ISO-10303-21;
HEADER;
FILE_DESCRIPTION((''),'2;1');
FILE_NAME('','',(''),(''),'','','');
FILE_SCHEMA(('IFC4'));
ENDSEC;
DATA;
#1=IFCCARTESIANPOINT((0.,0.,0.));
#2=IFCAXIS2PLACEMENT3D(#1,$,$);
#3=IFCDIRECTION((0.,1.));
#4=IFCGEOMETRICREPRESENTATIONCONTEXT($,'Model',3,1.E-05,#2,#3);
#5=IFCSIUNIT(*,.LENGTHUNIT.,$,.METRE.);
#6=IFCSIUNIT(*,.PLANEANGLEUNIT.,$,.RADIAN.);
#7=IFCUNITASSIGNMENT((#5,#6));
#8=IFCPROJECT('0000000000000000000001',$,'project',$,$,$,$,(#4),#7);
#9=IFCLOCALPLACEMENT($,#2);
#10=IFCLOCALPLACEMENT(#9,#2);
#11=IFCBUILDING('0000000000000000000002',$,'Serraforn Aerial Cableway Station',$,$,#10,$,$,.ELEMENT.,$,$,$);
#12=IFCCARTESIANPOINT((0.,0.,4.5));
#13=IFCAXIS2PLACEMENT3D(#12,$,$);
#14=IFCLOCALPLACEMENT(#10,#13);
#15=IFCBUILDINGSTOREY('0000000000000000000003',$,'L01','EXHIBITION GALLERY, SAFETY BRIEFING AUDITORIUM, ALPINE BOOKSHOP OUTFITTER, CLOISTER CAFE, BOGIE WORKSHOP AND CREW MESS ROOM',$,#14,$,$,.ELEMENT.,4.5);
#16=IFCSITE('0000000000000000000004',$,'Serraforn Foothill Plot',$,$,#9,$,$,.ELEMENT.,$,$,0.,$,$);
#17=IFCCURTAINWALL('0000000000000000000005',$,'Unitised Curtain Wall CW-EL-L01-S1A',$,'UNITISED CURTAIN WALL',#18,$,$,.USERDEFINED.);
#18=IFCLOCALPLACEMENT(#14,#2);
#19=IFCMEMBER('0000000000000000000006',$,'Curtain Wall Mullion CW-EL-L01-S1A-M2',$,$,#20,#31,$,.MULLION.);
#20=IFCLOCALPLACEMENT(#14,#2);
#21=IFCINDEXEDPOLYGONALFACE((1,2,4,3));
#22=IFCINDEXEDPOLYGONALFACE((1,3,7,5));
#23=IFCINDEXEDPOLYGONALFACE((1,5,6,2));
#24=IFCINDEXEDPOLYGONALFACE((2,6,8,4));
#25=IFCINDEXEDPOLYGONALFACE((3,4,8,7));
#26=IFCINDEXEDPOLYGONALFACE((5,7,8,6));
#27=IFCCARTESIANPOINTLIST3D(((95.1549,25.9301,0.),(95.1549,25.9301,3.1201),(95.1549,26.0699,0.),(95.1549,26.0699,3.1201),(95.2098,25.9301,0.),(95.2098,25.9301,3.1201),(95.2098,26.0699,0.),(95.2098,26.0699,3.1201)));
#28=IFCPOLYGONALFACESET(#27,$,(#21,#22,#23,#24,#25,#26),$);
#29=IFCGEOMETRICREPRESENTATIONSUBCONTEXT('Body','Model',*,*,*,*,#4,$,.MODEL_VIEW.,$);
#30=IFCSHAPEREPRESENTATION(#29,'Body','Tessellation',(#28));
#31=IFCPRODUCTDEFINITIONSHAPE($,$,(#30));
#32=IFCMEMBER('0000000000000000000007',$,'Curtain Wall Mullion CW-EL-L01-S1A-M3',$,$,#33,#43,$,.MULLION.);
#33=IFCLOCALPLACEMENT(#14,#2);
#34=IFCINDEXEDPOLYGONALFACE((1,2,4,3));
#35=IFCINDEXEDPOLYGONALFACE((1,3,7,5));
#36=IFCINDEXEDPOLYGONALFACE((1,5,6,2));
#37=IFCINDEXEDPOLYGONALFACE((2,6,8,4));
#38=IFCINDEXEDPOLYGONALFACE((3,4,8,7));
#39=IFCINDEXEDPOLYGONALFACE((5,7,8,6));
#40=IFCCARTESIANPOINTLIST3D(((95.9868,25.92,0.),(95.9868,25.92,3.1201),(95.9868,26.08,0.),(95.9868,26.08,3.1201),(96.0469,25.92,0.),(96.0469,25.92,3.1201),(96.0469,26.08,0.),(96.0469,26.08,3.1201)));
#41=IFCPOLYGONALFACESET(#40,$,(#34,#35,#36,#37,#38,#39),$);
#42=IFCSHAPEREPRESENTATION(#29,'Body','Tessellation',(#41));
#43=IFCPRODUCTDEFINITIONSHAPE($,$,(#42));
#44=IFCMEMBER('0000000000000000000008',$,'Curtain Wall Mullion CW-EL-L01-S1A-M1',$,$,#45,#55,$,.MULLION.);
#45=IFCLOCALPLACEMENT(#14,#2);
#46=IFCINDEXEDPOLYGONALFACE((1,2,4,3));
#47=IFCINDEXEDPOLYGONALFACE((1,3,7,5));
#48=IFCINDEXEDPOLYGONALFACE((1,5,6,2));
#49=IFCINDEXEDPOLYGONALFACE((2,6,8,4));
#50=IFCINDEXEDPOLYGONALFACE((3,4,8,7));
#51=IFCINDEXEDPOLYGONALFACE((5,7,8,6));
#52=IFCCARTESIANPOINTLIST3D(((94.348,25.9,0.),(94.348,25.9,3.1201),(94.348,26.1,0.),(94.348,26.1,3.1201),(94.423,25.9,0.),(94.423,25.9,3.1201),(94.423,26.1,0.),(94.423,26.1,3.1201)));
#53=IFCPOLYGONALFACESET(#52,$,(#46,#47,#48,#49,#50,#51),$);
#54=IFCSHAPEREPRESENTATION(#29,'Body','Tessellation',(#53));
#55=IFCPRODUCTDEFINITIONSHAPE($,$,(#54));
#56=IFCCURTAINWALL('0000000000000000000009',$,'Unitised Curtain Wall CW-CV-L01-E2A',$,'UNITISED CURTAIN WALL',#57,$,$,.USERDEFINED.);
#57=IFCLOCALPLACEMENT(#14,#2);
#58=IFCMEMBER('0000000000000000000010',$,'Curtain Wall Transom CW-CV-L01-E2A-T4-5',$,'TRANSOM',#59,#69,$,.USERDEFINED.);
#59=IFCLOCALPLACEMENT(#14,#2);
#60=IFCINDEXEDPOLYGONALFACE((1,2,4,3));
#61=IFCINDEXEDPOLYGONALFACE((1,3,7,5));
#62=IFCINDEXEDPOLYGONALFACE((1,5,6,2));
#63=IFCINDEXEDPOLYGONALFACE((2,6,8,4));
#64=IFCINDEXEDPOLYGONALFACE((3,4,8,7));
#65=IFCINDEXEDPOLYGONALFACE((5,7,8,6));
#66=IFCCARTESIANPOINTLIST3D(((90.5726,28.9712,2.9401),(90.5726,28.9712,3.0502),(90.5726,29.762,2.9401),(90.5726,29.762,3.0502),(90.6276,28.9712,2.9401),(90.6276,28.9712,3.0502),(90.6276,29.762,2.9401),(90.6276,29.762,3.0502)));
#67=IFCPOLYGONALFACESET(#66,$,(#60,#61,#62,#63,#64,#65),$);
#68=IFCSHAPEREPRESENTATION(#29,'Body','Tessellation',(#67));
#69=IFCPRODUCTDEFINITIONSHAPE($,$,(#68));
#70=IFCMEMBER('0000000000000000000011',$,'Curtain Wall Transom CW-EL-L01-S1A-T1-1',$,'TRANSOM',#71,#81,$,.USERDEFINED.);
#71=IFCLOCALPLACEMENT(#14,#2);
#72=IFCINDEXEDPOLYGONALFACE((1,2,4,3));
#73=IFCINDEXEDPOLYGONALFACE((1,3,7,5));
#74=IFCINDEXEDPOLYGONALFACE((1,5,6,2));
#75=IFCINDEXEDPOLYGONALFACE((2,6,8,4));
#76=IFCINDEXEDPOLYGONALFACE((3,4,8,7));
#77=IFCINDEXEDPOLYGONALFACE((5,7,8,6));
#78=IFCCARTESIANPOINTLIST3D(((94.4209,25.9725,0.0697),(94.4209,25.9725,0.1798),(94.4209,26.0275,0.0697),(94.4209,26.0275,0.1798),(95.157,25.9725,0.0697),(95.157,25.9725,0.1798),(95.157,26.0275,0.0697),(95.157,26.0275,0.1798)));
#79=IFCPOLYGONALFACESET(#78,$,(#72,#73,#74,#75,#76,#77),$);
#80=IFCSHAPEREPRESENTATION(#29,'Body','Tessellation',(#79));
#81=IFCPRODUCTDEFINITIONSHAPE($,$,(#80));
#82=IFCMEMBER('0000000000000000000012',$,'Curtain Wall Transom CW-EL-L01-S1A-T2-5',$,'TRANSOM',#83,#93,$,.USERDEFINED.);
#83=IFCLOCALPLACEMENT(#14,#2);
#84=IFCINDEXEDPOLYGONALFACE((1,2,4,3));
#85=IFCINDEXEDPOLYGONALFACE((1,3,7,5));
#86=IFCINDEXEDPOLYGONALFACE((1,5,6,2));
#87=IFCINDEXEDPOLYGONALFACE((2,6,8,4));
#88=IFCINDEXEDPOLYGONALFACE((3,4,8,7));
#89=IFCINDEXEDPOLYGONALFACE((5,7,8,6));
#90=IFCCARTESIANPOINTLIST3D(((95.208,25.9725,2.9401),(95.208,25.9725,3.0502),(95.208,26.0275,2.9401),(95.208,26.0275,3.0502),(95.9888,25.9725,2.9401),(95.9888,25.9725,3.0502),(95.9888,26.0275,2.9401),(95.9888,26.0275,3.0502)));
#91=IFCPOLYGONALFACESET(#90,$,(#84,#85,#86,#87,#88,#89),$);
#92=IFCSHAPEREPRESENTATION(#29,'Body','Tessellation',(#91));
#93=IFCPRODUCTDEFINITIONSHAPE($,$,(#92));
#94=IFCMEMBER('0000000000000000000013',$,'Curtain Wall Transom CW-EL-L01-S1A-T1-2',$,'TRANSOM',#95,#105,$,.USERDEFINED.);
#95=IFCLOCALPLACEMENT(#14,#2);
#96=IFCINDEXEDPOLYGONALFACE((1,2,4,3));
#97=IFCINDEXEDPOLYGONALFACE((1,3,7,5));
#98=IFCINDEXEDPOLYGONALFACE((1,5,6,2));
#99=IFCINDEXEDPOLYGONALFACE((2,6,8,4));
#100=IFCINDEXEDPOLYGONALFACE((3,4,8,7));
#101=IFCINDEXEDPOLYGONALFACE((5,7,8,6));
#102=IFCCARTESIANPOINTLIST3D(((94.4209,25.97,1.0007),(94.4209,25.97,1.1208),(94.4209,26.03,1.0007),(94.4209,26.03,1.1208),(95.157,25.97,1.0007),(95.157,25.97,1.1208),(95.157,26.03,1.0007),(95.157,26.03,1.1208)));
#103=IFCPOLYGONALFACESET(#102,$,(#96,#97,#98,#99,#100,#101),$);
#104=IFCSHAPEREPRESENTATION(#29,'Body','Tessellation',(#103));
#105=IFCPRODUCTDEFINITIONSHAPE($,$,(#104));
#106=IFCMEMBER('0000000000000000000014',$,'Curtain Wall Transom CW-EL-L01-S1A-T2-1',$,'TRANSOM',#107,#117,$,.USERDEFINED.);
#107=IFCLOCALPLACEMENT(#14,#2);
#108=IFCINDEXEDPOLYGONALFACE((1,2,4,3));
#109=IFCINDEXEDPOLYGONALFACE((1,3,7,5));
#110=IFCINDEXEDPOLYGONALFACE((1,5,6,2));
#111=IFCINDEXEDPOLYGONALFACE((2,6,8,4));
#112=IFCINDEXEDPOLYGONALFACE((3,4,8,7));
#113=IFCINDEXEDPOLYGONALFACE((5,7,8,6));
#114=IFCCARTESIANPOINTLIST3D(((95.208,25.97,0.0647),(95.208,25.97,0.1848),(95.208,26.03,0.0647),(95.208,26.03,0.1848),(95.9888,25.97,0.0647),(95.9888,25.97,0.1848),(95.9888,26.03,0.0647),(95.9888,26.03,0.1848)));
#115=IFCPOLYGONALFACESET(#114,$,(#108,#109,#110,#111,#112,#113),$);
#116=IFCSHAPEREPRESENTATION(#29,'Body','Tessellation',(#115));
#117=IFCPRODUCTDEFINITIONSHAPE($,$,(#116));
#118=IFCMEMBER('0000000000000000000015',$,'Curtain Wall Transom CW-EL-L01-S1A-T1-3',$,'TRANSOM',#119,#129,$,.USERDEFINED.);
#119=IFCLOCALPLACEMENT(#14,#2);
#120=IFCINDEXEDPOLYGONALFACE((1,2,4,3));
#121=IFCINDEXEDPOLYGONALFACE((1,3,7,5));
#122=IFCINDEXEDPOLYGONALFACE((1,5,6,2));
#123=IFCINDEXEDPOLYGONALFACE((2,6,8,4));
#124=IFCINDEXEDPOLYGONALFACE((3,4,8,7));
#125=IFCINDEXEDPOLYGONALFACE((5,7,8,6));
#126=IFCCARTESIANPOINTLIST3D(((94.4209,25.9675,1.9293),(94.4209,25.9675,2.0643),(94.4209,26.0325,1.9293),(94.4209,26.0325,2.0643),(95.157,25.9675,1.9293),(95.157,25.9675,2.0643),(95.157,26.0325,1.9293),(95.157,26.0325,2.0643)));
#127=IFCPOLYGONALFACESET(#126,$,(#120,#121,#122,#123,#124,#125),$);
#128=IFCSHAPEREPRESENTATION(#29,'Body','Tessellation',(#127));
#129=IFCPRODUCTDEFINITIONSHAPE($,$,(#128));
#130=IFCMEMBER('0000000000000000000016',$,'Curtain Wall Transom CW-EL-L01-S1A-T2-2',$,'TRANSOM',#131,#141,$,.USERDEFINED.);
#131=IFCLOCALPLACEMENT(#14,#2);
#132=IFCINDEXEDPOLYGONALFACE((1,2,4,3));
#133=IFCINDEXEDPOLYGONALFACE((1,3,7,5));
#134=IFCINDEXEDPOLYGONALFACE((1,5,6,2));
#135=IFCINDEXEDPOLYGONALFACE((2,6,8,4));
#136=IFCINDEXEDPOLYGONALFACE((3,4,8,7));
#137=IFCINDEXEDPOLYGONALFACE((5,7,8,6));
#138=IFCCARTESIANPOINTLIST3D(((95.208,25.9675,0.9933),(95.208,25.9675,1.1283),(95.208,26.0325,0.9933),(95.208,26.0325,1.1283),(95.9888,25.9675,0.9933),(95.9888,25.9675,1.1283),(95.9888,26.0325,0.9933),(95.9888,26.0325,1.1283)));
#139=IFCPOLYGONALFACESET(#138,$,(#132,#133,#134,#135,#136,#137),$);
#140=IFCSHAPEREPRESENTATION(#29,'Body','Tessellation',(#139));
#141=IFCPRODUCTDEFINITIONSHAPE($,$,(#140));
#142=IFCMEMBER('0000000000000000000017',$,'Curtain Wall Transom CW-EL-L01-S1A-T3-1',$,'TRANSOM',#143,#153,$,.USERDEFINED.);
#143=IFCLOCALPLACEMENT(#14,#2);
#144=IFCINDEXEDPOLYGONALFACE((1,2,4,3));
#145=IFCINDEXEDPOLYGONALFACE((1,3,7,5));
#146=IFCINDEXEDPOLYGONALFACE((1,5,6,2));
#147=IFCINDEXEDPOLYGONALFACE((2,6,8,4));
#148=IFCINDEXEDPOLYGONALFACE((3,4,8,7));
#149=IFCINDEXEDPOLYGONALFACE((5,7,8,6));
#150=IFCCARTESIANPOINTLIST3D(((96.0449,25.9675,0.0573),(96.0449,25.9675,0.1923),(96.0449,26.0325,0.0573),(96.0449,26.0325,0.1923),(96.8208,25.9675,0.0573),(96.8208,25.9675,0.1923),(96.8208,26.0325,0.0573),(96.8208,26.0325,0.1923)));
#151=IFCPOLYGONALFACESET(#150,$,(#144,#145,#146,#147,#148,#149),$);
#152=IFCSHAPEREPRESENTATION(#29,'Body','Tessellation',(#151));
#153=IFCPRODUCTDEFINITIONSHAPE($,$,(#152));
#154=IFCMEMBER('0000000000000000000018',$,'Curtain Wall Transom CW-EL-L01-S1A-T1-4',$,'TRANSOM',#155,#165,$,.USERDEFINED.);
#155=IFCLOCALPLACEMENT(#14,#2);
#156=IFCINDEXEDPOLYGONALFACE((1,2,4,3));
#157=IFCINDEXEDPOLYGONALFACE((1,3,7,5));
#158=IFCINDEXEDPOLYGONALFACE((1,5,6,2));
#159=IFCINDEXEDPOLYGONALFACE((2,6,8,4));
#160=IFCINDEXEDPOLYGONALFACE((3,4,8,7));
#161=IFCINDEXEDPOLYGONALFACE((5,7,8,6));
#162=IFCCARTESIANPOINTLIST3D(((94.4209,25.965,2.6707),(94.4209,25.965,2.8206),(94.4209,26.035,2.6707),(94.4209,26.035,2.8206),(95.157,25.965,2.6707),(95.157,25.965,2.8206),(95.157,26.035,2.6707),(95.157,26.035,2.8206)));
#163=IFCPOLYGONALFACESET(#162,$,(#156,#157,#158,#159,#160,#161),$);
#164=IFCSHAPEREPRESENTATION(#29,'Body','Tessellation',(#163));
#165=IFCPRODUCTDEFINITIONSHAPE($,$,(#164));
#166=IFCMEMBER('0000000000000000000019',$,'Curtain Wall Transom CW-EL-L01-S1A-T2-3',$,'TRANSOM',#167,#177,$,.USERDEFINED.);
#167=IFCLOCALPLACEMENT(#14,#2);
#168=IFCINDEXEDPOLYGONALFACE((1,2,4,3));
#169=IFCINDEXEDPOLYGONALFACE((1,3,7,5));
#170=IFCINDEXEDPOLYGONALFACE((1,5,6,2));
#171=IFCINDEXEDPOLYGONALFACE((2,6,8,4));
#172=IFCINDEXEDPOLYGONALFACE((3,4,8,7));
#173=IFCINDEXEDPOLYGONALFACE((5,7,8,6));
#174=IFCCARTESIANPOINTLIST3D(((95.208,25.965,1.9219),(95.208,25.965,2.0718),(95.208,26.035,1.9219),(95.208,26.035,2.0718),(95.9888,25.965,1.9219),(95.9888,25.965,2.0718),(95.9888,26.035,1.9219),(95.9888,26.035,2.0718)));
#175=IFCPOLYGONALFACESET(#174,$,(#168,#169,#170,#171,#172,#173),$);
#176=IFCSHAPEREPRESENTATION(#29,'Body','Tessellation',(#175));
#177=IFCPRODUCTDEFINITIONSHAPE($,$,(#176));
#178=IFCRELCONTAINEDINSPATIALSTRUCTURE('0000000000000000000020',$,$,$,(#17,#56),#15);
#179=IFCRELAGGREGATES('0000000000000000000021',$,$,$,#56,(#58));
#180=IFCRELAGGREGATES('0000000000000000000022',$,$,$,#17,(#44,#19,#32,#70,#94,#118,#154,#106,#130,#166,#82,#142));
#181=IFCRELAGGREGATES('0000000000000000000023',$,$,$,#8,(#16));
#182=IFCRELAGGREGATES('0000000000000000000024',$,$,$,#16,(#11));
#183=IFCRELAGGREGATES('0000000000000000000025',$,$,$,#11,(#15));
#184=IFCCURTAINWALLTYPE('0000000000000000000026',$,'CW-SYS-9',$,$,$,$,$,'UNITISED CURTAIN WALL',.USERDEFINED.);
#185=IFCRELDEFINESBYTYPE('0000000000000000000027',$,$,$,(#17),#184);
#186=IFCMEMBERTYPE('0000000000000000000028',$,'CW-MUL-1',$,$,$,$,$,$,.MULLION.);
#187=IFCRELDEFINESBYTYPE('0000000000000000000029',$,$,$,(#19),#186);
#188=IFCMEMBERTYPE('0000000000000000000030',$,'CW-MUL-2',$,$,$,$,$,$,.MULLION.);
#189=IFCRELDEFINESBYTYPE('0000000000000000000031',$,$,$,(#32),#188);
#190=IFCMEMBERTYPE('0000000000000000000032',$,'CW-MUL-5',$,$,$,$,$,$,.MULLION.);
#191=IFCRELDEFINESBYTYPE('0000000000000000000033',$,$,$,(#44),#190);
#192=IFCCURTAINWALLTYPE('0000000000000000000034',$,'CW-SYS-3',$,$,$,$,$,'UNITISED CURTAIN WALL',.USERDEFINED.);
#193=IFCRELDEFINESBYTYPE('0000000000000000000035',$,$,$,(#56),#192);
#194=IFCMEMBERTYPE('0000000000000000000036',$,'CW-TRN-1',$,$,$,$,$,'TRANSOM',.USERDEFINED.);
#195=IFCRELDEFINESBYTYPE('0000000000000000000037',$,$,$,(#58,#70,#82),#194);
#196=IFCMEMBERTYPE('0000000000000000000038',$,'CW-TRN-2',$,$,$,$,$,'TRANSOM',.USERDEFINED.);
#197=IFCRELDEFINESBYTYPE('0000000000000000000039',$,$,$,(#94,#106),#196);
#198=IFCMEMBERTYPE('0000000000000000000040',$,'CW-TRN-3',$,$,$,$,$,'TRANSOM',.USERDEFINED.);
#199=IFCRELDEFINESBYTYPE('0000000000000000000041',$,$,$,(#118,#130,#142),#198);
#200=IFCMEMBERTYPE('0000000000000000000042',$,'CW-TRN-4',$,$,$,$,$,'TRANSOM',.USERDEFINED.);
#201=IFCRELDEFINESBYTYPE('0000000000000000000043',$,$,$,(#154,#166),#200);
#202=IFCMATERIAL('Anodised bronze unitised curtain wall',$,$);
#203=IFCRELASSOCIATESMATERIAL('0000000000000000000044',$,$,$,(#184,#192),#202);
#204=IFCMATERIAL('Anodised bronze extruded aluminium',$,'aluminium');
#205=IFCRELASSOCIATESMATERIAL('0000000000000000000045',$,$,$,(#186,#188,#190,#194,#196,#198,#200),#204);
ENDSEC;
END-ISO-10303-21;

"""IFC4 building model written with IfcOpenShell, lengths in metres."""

from ifc_helpers import new_model, si_unit, direction, frame, origin, origin_2d, place, context, subcontext, project, spatial, rectangle, extrude, material, material_profile, profile_set, type_object, element, aggregate, save


model = new_model("IFC4")

# Units and contexts
model_context = context("Model", 3, precision=1e-05, world=origin(), true_north=direction((0.0, 1.0)))
body_context = subcontext(model_context, "Body", "Model", "MODEL_VIEW")
ifc_project = project(units=[si_unit("LENGTHUNIT", "METRE"), si_unit("PLANEANGLEUNIT", "RADIAN")], contexts=[model_context])

# Site, building, storey
site_placement = place(None, origin())
site = spatial("IfcSite", under=ifc_project, at=site_placement, Name="Serraforn Foothill Plot", CompositionType="ELEMENT", RefElevation=0.0)
building_placement = place(site_placement, origin())
building = spatial("IfcBuilding", under=site, at=building_placement, Name="Serraforn Aerial Cableway Station", CompositionType="ELEMENT")
storey_placement = place(building_placement, frame((0.0, 0.0, 4.5)))
storey = spatial("IfcBuildingStorey", under=building, at=storey_placement, Name="L01", Description="EXHIBITION GALLERY, SAFETY BRIEFING AUDITORIUM, ALPINE BOOKSHOP OUTFITTER, CLOISTER CAFE, BOGIE WORKSHOP AND CREW MESS ROOM", CompositionType="ELEMENT", Elevation=4.5)

# Curtain wall, members
ifc_material_1 = material(Name="Anodised bronze unitised curtain wall")
curtain_wall_type_1 = type_object("IfcCurtainWallType", Name="CW-SYS-9", ElementType="UNITISED CURTAIN WALL", PredefinedType="USERDEFINED", material=ifc_material_1)
curtain_wall_1_placement = place(storey_placement, origin())
curtain_wall_1 = element("IfcCurtainWall", 1, at=curtain_wall_1_placement, inside=storey, type_object=curtain_wall_type_1, Name="Unitised Curtain Wall CW-EL-L01-S1A", ObjectType="UNITISED CURTAIN WALL", PredefinedType="USERDEFINED")
ifc_material_2 = material(Name="Anodised bronze extruded aluminium", Category="aluminium")
ifc_material_profile_1 = material_profile(ifc_material_2, rectangle(XDim=0.0549, YDim=0.1399, at=origin_2d()), Name="CW MULLION 55x140")
ifc_profile_set_1 = profile_set([ifc_material_profile_1], Name="Anodised bronze extruded aluminium")
member_type_1 = type_object("IfcMemberType", Name="CW-MUL-1", PredefinedType="MULLION", material=ifc_profile_set_1)
member_1_placement = place(storey_placement, frame((95.1824, 26.0, 0.0), z_axis=(0.0, 0.0, 1.0), x_axis=(1.0, 0.0, 0.0)))
member_1 = element("IfcMember", 2, at=member_1_placement, type_object=member_type_1, Name="Curtain Wall Mullion CW-EL-L01-S1A-M2", PredefinedType="MULLION", context=body_context, shape_type="SweptSolid", body=[
    extrude(rectangle(XDim=0.0549, YDim=0.1399, at=origin_2d()), origin(), (0.0, 0.0, 1.0), 3.1201),
])
ifc_material_profile_2 = material_profile(ifc_material_2, rectangle(XDim=0.0601, YDim=0.1599, at=origin_2d()), Name="CW MULLION 60x160")
ifc_profile_set_2 = profile_set([ifc_material_profile_2], Name="Anodised bronze extruded aluminium")
member_type_2 = type_object("IfcMemberType", Name="CW-MUL-2", PredefinedType="MULLION", material=ifc_profile_set_2)
member_2_placement = place(storey_placement, frame((96.0168, 26.0, 0.0), z_axis=(0.0, 0.0, 1.0), x_axis=(1.0, 0.0, 0.0)))
member_2 = element("IfcMember", 3, at=member_2_placement, type_object=member_type_2, Name="Curtain Wall Mullion CW-EL-L01-S1A-M3", PredefinedType="MULLION", context=body_context, shape_type="SweptSolid", body=[
    extrude(rectangle(XDim=0.0601, YDim=0.1599, at=origin_2d()), origin(), (0.0, 0.0, 1.0), 3.1201),
])
ifc_material_profile_3 = material_profile(ifc_material_2, rectangle(XDim=0.075, YDim=0.2, at=origin_2d()), Name="CW MULLION 75x200")
ifc_profile_set_3 = profile_set([ifc_material_profile_3], Name="Anodised bronze extruded aluminium")
member_type_3 = type_object("IfcMemberType", Name="CW-MUL-5", PredefinedType="MULLION", material=ifc_profile_set_3)
member_3_placement = place(storey_placement, frame((94.3855, 26.0, 0.0), z_axis=(0.0, 0.0, 1.0), x_axis=(1.0, 0.0, 0.0)))
member_3 = element("IfcMember", 4, at=member_3_placement, type_object=member_type_3, Name="Curtain Wall Mullion CW-EL-L01-S1A-M1", PredefinedType="MULLION", context=body_context, shape_type="SweptSolid", body=[
    extrude(rectangle(XDim=0.075, YDim=0.2, at=origin_2d()), origin(), (0.0, 0.0, 1.0), 3.1201),
])

# Curtain wall, member
curtain_wall_type_2 = type_object("IfcCurtainWallType", Name="CW-SYS-3", ElementType="UNITISED CURTAIN WALL", PredefinedType="USERDEFINED", material=ifc_material_1)
curtain_wall_2_placement = place(storey_placement, origin())
curtain_wall_2 = element("IfcCurtainWall", 5, at=curtain_wall_2_placement, inside=storey, type_object=curtain_wall_type_2, Name="Unitised Curtain Wall CW-CV-L01-E2A", ObjectType="UNITISED CURTAIN WALL", PredefinedType="USERDEFINED")
ifc_material_profile_4 = material_profile(ifc_material_2, rectangle(XDim=0.0549, YDim=0.1101, at=origin_2d()), Name="CW TRANSOM 55x110")
ifc_profile_set_4 = profile_set([ifc_material_profile_4], Name="Anodised bronze extruded aluminium")
member_type_4 = type_object("IfcMemberType", Name="CW-TRN-1", ElementType="TRANSOM", PredefinedType="USERDEFINED", material=ifc_profile_set_4)
member_4_placement = place(storey_placement, frame((90.6001, 28.9712, 2.9951), z_axis=(0.0, 1.0, 0.0), x_axis=(-1.0, 0.0, 0.0)))
member_4 = element("IfcMember", 6, at=member_4_placement, type_object=member_type_4, Name="Curtain Wall Transom CW-CV-L01-E2A-T4-5", ObjectType="TRANSOM", PredefinedType="USERDEFINED", context=body_context, shape_type="SweptSolid", body=[
    extrude(rectangle(XDim=0.0549, YDim=0.1101, at=origin_2d()), origin(), (0.0, 0.0, 1.0), 0.7908),
])

# Members
member_5_placement = place(storey_placement, frame((94.4209, 26.0, 0.1248), z_axis=(1.0, 0.0, 0.0), x_axis=(0.0, 1.0, 0.0)))
member_5 = element("IfcMember", 7, at=member_5_placement, type_object=member_type_4, Name="Curtain Wall Transom CW-EL-L01-S1A-T1-1", ObjectType="TRANSOM", PredefinedType="USERDEFINED", context=body_context, shape_type="SweptSolid", body=[
    extrude(rectangle(XDim=0.0549, YDim=0.1101, at=origin_2d()), origin(), (0.0, 0.0, 1.0), 0.7361),
])
member_6_placement = place(storey_placement, frame((95.208, 26.0, 2.9951), z_axis=(1.0, 0.0, 0.0), x_axis=(0.0, 1.0, 0.0)))
member_6 = element("IfcMember", 8, at=member_6_placement, type_object=member_type_4, Name="Curtain Wall Transom CW-EL-L01-S1A-T2-5", ObjectType="TRANSOM", PredefinedType="USERDEFINED", context=body_context, shape_type="SweptSolid", body=[
    extrude(rectangle(XDim=0.0549, YDim=0.1101, at=origin_2d()), origin(), (0.0, 0.0, 1.0), 0.7808),
])
ifc_material_profile_5 = material_profile(ifc_material_2, rectangle(XDim=0.0601, YDim=0.1201, at=origin_2d()), Name="CW TRANSOM 60x120")
ifc_profile_set_5 = profile_set([ifc_material_profile_5], Name="Anodised bronze extruded aluminium")
member_type_5 = type_object("IfcMemberType", Name="CW-TRN-2", ElementType="TRANSOM", PredefinedType="USERDEFINED", material=ifc_profile_set_5)
member_7_placement = place(storey_placement, frame((94.4209, 26.0, 1.0608), z_axis=(1.0, 0.0, 0.0), x_axis=(0.0, 1.0, 0.0)))
member_7 = element("IfcMember", 9, at=member_7_placement, type_object=member_type_5, Name="Curtain Wall Transom CW-EL-L01-S1A-T1-2", ObjectType="TRANSOM", PredefinedType="USERDEFINED", context=body_context, shape_type="SweptSolid", body=[
    extrude(rectangle(XDim=0.0601, YDim=0.1201, at=origin_2d()), origin(), (0.0, 0.0, 1.0), 0.7361),
])
member_8_placement = place(storey_placement, frame((95.208, 26.0, 0.1248), z_axis=(1.0, 0.0, 0.0), x_axis=(0.0, 1.0, 0.0)))
member_8 = element("IfcMember", 10, at=member_8_placement, type_object=member_type_5, Name="Curtain Wall Transom CW-EL-L01-S1A-T2-1", ObjectType="TRANSOM", PredefinedType="USERDEFINED", context=body_context, shape_type="SweptSolid", body=[
    extrude(rectangle(XDim=0.0601, YDim=0.1201, at=origin_2d()), origin(), (0.0, 0.0, 1.0), 0.7808),
])
ifc_material_profile_6 = material_profile(ifc_material_2, rectangle(XDim=0.0649, YDim=0.135, at=origin_2d()), Name="CW TRANSOM 65x135")
ifc_profile_set_6 = profile_set([ifc_material_profile_6], Name="Anodised bronze extruded aluminium")
member_type_6 = type_object("IfcMemberType", Name="CW-TRN-3", ElementType="TRANSOM", PredefinedType="USERDEFINED", material=ifc_profile_set_6)
member_9_placement = place(storey_placement, frame((94.4209, 26.0, 1.9968), z_axis=(1.0, 0.0, 0.0), x_axis=(0.0, 1.0, 0.0)))
member_9 = element("IfcMember", 11, at=member_9_placement, type_object=member_type_6, Name="Curtain Wall Transom CW-EL-L01-S1A-T1-3", ObjectType="TRANSOM", PredefinedType="USERDEFINED", context=body_context, shape_type="SweptSolid", body=[
    extrude(rectangle(XDim=0.0649, YDim=0.135, at=origin_2d()), origin(), (0.0, 0.0, 1.0), 0.7361),
])
member_10_placement = place(storey_placement, frame((95.208, 26.0, 1.0608), z_axis=(1.0, 0.0, 0.0), x_axis=(0.0, 1.0, 0.0)))
member_10 = element("IfcMember", 12, at=member_10_placement, type_object=member_type_6, Name="Curtain Wall Transom CW-EL-L01-S1A-T2-2", ObjectType="TRANSOM", PredefinedType="USERDEFINED", context=body_context, shape_type="SweptSolid", body=[
    extrude(rectangle(XDim=0.0649, YDim=0.135, at=origin_2d()), origin(), (0.0, 0.0, 1.0), 0.7808),
])
member_11_placement = place(storey_placement, frame((96.0449, 26.0, 0.1248), z_axis=(1.0, 0.0, 0.0), x_axis=(0.0, 1.0, 0.0)))
member_11 = element("IfcMember", 13, at=member_11_placement, type_object=member_type_6, Name="Curtain Wall Transom CW-EL-L01-S1A-T3-1", ObjectType="TRANSOM", PredefinedType="USERDEFINED", context=body_context, shape_type="SweptSolid", body=[
    extrude(rectangle(XDim=0.0649, YDim=0.135, at=origin_2d()), origin(), (0.0, 0.0, 1.0), 0.7759),
])
ifc_material_profile_7 = material_profile(ifc_material_2, rectangle(XDim=0.0701, YDim=0.1499, at=origin_2d()), Name="CW TRANSOM 70x150")
ifc_profile_set_7 = profile_set([ifc_material_profile_7], Name="Anodised bronze extruded aluminium")
member_type_7 = type_object("IfcMemberType", Name="CW-TRN-4", ElementType="TRANSOM", PredefinedType="USERDEFINED", material=ifc_profile_set_7)
member_12_placement = place(storey_placement, frame((94.4209, 26.0, 2.7456), z_axis=(1.0, 0.0, 0.0), x_axis=(0.0, 1.0, 0.0)))
member_12 = element("IfcMember", 14, at=member_12_placement, type_object=member_type_7, Name="Curtain Wall Transom CW-EL-L01-S1A-T1-4", ObjectType="TRANSOM", PredefinedType="USERDEFINED", context=body_context, shape_type="SweptSolid", body=[
    extrude(rectangle(XDim=0.0701, YDim=0.1499, at=origin_2d()), origin(), (0.0, 0.0, 1.0), 0.7361),
])
member_13_placement = place(storey_placement, frame((95.208, 26.0, 1.9968), z_axis=(1.0, 0.0, 0.0), x_axis=(0.0, 1.0, 0.0)))
member_13 = element("IfcMember", 15, at=member_13_placement, type_object=member_type_7, Name="Curtain Wall Transom CW-EL-L01-S1A-T2-3", ObjectType="TRANSOM", PredefinedType="USERDEFINED", context=body_context, shape_type="SweptSolid", body=[
    extrude(rectangle(XDim=0.0701, YDim=0.1499, at=origin_2d()), origin(), (0.0, 0.0, 1.0), 0.7808),
])

aggregate(curtain_wall_2, [member_4])
aggregate(curtain_wall_1, [member_3, member_1, member_2, member_5, member_7, member_9, member_12, member_8, member_10, member_13, member_6, member_11])

save(model, "model.ifc")
